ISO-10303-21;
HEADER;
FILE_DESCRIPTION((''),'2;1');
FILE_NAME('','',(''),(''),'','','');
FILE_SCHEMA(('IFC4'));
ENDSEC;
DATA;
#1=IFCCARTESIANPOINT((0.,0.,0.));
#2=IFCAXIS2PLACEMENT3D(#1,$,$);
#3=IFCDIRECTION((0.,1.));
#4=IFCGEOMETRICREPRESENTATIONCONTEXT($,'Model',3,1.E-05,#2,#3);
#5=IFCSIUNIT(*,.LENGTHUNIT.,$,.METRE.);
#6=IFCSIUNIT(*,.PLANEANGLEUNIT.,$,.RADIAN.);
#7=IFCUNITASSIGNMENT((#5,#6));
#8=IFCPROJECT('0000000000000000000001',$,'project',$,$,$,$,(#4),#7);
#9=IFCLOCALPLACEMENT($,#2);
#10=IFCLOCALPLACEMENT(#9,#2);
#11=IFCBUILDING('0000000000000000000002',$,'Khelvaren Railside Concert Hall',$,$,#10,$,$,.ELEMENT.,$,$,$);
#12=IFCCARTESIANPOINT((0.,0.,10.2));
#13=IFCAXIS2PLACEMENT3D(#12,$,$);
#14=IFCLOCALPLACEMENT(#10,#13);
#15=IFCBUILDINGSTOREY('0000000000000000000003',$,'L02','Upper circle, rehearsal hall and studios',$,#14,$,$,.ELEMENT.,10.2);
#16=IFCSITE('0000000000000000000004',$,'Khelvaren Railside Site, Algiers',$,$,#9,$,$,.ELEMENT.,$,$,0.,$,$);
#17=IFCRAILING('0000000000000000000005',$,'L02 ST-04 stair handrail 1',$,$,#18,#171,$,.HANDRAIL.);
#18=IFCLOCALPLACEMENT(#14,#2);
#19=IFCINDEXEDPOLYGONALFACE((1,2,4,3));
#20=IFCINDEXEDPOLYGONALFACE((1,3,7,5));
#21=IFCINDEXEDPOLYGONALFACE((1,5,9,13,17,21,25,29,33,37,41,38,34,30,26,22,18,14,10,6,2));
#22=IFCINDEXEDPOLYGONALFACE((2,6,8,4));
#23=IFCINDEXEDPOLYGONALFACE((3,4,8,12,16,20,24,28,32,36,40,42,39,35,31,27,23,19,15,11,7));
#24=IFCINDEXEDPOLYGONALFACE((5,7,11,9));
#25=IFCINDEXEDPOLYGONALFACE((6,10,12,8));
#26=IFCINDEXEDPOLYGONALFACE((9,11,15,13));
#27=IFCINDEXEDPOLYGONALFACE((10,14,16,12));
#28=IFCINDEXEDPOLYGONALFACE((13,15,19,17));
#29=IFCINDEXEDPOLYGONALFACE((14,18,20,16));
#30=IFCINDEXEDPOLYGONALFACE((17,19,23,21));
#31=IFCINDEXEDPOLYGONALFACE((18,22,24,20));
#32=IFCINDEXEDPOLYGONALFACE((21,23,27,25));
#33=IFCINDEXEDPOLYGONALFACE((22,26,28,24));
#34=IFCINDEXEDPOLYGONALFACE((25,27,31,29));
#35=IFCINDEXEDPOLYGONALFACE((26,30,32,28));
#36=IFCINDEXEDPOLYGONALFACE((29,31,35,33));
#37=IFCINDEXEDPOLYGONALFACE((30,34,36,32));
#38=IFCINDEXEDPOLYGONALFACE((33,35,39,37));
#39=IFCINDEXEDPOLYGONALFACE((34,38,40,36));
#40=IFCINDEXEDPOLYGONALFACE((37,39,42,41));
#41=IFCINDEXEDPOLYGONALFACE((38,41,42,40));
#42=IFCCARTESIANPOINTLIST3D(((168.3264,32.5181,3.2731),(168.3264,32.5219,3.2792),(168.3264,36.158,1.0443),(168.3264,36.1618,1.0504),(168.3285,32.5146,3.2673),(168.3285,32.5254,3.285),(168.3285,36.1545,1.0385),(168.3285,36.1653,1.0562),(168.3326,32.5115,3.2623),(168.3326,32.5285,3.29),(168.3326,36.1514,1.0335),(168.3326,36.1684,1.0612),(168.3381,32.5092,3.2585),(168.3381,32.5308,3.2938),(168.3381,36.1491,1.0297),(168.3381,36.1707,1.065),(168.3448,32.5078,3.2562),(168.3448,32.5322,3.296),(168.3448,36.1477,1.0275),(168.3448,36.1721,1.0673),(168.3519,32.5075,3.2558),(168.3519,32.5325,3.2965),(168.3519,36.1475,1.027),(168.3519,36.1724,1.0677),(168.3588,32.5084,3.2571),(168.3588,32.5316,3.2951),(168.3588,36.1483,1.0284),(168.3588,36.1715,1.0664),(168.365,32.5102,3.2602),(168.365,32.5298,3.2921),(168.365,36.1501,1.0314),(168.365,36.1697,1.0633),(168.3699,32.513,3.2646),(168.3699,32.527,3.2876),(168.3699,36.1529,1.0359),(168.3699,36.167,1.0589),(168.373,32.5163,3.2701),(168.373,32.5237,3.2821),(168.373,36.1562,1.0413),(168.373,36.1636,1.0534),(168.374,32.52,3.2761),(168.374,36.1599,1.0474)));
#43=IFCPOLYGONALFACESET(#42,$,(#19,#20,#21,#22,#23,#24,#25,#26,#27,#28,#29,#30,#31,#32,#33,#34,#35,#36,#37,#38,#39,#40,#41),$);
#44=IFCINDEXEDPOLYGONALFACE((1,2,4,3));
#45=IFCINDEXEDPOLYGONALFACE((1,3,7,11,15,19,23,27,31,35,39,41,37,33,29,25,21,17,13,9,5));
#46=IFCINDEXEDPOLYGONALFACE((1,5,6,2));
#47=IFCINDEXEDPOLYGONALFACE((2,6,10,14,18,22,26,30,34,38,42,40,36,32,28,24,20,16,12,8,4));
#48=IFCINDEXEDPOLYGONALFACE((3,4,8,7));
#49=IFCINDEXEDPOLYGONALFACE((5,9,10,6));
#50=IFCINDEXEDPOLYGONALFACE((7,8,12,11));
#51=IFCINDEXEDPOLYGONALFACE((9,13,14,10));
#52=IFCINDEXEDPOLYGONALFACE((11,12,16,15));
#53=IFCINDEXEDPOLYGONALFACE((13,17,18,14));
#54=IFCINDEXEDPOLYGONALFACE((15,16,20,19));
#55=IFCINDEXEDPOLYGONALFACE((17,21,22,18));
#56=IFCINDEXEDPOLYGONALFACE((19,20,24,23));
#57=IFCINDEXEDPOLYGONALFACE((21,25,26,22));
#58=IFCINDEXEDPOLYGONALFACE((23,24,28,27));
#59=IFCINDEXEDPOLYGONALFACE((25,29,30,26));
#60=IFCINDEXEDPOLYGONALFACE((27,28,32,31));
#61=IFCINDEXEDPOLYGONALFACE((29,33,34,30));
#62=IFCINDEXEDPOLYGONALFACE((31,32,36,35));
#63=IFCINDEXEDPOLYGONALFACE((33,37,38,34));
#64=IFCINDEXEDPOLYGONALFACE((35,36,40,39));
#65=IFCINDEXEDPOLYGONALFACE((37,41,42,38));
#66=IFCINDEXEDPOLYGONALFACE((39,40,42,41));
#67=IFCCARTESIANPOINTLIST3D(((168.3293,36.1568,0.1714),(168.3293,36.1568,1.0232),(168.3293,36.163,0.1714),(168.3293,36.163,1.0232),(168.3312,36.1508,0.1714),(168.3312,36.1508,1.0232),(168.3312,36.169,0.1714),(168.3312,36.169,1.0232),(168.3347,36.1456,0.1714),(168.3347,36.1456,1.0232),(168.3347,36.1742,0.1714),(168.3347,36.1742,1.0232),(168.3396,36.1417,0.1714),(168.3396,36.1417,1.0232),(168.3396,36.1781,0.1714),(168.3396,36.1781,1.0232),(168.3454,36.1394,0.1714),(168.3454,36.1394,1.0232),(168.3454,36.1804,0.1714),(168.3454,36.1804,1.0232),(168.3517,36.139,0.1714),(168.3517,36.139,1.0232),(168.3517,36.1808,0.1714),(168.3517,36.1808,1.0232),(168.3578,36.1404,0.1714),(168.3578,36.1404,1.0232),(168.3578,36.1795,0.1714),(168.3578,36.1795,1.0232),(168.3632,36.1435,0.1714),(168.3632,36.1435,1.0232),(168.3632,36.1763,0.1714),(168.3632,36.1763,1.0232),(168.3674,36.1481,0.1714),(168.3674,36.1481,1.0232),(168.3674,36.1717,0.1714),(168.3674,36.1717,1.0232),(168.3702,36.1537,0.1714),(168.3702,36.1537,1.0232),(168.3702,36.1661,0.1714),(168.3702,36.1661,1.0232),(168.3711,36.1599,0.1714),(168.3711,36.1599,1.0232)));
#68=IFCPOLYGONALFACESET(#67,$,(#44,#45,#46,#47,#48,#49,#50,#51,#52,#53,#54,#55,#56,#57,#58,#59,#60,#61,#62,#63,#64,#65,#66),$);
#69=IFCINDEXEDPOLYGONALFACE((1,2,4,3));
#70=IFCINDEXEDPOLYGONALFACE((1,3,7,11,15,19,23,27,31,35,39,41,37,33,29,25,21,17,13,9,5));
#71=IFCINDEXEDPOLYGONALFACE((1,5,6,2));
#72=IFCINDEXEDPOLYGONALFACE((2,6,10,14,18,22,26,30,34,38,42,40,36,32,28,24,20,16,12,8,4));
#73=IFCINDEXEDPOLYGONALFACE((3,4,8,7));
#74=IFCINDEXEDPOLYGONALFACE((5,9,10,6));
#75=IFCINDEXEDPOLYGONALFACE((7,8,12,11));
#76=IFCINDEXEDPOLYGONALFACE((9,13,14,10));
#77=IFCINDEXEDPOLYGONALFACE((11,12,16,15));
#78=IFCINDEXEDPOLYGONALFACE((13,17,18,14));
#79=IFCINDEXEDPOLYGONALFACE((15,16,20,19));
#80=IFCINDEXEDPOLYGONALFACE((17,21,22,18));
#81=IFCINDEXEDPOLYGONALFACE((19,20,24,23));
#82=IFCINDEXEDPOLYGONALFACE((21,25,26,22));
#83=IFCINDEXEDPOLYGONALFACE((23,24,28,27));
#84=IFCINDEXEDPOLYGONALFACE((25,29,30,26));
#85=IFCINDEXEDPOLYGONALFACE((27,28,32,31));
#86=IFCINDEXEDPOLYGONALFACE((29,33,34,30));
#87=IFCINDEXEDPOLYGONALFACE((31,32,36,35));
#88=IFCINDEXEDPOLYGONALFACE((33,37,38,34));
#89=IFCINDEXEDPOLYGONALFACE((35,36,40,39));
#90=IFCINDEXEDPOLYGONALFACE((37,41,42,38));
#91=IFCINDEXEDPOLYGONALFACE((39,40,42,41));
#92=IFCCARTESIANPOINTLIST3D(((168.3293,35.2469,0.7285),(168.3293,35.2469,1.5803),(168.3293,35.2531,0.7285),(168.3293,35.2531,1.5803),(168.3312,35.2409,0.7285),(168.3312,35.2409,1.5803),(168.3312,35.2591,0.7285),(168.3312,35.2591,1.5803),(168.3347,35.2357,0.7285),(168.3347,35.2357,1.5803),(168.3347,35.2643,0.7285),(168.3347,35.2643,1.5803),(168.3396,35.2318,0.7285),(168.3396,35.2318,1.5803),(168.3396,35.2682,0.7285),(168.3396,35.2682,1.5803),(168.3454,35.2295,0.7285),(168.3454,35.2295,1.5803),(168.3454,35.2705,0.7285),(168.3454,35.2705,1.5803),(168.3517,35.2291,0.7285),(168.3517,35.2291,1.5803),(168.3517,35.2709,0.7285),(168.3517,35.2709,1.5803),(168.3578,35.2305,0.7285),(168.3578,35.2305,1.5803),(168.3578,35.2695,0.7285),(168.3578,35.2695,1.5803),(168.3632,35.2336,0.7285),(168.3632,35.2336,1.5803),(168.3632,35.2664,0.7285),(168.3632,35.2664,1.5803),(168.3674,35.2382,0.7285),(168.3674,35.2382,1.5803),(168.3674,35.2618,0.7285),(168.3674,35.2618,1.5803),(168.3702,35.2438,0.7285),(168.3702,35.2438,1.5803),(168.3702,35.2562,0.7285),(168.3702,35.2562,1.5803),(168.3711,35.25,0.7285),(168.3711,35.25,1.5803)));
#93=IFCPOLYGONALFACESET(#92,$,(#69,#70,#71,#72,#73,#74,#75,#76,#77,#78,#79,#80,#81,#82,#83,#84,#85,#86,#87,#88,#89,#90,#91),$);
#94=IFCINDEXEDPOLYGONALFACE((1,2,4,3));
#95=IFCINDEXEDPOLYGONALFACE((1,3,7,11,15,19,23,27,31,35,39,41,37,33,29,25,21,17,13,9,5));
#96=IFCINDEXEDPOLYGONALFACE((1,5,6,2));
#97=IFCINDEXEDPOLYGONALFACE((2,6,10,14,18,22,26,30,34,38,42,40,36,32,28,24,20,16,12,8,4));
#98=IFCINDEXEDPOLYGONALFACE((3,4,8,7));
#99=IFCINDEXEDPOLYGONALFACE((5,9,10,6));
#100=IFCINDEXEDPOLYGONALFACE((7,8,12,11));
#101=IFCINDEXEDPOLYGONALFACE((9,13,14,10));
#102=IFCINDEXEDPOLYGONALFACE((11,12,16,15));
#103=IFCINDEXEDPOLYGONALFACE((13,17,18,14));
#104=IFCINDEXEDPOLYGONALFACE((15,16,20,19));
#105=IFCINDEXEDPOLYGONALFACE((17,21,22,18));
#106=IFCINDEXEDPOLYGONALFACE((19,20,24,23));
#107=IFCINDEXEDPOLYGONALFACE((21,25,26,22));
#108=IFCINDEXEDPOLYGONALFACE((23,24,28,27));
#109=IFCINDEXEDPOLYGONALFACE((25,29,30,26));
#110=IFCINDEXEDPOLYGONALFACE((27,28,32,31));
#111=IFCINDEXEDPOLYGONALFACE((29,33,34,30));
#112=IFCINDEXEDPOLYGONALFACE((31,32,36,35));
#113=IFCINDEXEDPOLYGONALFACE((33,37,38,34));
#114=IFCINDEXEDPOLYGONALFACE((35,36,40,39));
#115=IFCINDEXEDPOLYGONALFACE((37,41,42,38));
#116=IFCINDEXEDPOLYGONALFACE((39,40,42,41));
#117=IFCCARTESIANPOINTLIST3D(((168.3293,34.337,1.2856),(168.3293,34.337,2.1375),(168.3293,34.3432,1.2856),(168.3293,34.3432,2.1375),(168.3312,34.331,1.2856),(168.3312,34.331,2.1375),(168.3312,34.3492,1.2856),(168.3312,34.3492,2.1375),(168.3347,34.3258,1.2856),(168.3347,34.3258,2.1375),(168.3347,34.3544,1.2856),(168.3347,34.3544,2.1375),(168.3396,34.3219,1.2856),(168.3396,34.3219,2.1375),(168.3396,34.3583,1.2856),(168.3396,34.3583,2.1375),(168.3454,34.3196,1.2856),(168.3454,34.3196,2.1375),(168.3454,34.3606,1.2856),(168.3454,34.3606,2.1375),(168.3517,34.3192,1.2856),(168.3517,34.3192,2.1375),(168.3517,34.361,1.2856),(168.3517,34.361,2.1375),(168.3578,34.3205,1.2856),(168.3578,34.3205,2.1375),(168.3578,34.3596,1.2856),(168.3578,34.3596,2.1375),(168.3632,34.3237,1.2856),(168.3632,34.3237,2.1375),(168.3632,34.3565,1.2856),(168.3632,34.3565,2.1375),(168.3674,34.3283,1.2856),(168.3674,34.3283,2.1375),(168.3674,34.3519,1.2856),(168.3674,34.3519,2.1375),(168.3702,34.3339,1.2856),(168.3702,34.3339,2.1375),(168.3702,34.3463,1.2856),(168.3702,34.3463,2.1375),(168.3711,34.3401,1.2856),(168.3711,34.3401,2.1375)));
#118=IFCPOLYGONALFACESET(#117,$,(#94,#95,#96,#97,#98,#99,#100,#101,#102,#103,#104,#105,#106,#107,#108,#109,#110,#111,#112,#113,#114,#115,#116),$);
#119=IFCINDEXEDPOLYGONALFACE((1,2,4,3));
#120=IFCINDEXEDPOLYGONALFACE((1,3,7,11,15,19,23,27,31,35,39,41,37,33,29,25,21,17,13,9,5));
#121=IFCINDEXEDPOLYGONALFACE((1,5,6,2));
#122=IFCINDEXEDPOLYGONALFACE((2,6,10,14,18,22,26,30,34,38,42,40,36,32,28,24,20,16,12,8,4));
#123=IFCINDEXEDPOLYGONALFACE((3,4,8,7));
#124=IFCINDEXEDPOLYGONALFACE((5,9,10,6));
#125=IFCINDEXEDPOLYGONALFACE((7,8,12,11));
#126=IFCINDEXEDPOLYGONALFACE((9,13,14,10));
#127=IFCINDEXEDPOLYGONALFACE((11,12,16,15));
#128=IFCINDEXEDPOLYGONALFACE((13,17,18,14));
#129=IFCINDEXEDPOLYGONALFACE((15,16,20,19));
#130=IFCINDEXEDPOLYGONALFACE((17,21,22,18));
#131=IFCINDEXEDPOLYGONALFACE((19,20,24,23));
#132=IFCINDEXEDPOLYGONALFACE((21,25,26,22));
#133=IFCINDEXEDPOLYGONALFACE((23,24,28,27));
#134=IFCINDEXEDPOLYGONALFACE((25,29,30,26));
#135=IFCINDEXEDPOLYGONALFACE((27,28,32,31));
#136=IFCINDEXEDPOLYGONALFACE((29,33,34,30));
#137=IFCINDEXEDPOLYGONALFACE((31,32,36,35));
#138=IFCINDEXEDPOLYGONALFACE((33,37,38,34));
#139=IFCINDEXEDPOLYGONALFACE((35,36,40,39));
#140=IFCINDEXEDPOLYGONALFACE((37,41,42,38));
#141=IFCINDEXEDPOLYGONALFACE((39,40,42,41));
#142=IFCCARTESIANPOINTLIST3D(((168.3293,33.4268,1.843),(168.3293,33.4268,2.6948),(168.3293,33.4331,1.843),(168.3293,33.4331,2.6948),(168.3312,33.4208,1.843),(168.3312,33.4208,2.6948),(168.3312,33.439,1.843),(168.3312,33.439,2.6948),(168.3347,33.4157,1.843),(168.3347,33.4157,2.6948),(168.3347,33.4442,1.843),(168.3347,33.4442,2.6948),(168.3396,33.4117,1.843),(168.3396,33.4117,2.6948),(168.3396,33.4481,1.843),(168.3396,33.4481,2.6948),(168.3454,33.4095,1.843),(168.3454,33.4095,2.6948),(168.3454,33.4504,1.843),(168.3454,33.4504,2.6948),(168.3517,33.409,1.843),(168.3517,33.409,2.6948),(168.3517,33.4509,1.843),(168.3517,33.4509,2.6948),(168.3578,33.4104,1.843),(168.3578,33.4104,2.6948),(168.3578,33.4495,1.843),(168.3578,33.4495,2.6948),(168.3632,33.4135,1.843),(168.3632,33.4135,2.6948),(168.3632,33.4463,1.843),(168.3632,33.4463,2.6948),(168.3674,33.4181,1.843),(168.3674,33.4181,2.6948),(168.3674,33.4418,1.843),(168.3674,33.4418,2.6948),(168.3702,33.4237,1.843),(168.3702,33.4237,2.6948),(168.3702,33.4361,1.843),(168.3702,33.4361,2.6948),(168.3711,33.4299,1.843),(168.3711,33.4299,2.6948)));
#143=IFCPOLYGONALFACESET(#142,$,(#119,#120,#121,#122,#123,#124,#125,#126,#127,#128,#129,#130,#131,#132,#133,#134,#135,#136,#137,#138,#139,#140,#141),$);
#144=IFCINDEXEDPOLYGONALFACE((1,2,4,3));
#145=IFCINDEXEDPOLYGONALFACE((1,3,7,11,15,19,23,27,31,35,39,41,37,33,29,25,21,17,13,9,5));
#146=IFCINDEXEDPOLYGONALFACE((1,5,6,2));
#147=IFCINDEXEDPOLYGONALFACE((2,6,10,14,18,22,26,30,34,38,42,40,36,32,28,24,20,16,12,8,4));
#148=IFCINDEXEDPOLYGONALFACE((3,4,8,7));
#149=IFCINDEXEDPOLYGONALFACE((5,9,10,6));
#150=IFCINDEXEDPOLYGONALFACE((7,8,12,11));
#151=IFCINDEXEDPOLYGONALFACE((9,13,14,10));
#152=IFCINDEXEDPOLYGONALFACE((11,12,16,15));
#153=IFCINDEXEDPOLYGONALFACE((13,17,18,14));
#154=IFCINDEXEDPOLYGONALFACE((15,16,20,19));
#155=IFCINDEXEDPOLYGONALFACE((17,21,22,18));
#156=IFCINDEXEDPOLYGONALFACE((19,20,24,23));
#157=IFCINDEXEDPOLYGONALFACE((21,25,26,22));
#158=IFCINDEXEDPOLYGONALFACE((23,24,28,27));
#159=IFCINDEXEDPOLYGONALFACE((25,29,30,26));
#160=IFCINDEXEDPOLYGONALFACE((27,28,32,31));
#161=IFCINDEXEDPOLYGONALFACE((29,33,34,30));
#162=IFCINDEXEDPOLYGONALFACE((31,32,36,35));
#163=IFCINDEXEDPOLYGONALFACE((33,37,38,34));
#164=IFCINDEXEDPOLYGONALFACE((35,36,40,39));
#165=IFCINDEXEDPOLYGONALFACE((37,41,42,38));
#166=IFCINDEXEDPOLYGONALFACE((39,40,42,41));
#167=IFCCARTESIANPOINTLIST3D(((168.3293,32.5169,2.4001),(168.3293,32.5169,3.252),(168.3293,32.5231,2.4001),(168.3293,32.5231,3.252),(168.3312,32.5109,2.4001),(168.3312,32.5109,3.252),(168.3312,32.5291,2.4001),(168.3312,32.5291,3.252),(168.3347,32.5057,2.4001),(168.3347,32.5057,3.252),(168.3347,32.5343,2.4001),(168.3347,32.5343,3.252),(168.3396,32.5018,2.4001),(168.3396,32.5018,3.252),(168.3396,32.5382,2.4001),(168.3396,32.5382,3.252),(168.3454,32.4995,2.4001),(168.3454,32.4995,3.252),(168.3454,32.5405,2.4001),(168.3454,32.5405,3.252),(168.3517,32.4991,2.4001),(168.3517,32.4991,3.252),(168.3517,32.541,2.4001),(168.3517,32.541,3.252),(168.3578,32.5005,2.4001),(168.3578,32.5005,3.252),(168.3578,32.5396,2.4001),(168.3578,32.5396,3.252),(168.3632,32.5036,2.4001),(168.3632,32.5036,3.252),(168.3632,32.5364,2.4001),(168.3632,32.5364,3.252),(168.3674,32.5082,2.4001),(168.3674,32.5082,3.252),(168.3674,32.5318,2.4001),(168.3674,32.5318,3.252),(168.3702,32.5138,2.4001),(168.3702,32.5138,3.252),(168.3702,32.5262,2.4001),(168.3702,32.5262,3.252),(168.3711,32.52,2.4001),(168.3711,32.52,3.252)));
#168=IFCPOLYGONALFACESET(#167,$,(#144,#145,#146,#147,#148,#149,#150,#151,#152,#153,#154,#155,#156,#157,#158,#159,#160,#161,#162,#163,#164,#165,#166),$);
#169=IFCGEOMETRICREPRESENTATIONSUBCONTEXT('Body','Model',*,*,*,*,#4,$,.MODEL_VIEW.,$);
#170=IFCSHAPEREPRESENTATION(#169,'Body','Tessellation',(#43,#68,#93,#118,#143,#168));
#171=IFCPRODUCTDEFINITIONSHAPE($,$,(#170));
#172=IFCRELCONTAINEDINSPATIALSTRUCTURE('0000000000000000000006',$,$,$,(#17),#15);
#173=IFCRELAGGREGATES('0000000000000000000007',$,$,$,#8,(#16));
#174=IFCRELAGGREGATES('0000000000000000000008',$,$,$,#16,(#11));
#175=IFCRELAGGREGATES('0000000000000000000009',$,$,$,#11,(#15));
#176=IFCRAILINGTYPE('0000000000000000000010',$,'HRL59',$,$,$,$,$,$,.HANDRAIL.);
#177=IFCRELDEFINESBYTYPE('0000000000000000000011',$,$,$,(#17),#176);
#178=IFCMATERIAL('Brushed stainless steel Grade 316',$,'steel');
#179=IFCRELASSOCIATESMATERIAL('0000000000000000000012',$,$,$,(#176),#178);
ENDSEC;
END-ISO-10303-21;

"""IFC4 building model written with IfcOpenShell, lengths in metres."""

from ifc_helpers import new_model, si_unit, direction, frame, origin, origin_2d, place, context, subcontext, project, spatial, circle, extrude, material, type_object, element, save


model = new_model("IFC4")

# Units and contexts
model_context = context("Model", 3, precision=1e-05, world=origin(), true_north=direction((0.0, 1.0)))
body_context = subcontext(model_context, "Body", "Model", "MODEL_VIEW")
ifc_project = project(units=[si_unit("LENGTHUNIT", "METRE"), si_unit("PLANEANGLEUNIT", "RADIAN")], contexts=[model_context])

# Site, building, storey
site_placement = place(None, origin())
site = spatial("IfcSite", under=ifc_project, at=site_placement, Name="Khelvaren Railside Site, Algiers", CompositionType="ELEMENT", RefElevation=0.0)
building_placement = place(site_placement, origin())
building = spatial("IfcBuilding", under=site, at=building_placement, Name="Khelvaren Railside Concert Hall", CompositionType="ELEMENT")
storey_placement = place(building_placement, frame((0.0, 0.0, 10.2)))
storey = spatial("IfcBuildingStorey", under=building, at=storey_placement, Name="L02", Description="Upper circle, rehearsal hall and studios", CompositionType="ELEMENT", Elevation=10.2)

# Railing
ifc_material_1 = material(Name="Brushed stainless steel Grade 316", Category="steel")
railing_type_1 = type_object("IfcRailingType", Name="HRL59", PredefinedType="HANDRAIL", material=ifc_material_1)
railing_1_placement = place(storey_placement, frame((168.3501, 36.1599, 0.1714)))
element("IfcRailing", 1, at=railing_1_placement, inside=storey, type_object=railing_type_1, Name="L02 ST-04 stair handrail 1", PredefinedType="HANDRAIL", context=body_context, shape_type="SweptSolid", body=[
    extrude(circle(Radius=0.0239, at=origin_2d()), frame((0.0, 0.0, 0.876), z_axis=(0.0, -0.852825, 0.522197), x_axis=(1.0, 0.0, 0.0)), (0.0, 0.0, 1.0), 4.2681),
    extrude(circle(Radius=0.021, at=origin_2d()), origin(), (0.0, 0.0, 1.0), 0.8518),
    extrude(circle(Radius=0.021, at=origin_2d()), frame((0.0, -0.9099, 0.5571)), (0.0, 0.0, 1.0), 0.8518),
    extrude(circle(Radius=0.021, at=origin_2d()), frame((0.0, -1.8198, 1.1143)), (0.0, 0.0, 1.0), 0.8518),
    extrude(circle(Radius=0.021, at=origin_2d()), frame((0.0, -2.73, 1.6716)), (0.0, 0.0, 1.0), 0.8518),
    extrude(circle(Radius=0.021, at=origin_2d()), frame((0.0, -3.6399, 2.2288)), (0.0, 0.0, 1.0), 0.8518),
])

save(model, "model.ifc")
